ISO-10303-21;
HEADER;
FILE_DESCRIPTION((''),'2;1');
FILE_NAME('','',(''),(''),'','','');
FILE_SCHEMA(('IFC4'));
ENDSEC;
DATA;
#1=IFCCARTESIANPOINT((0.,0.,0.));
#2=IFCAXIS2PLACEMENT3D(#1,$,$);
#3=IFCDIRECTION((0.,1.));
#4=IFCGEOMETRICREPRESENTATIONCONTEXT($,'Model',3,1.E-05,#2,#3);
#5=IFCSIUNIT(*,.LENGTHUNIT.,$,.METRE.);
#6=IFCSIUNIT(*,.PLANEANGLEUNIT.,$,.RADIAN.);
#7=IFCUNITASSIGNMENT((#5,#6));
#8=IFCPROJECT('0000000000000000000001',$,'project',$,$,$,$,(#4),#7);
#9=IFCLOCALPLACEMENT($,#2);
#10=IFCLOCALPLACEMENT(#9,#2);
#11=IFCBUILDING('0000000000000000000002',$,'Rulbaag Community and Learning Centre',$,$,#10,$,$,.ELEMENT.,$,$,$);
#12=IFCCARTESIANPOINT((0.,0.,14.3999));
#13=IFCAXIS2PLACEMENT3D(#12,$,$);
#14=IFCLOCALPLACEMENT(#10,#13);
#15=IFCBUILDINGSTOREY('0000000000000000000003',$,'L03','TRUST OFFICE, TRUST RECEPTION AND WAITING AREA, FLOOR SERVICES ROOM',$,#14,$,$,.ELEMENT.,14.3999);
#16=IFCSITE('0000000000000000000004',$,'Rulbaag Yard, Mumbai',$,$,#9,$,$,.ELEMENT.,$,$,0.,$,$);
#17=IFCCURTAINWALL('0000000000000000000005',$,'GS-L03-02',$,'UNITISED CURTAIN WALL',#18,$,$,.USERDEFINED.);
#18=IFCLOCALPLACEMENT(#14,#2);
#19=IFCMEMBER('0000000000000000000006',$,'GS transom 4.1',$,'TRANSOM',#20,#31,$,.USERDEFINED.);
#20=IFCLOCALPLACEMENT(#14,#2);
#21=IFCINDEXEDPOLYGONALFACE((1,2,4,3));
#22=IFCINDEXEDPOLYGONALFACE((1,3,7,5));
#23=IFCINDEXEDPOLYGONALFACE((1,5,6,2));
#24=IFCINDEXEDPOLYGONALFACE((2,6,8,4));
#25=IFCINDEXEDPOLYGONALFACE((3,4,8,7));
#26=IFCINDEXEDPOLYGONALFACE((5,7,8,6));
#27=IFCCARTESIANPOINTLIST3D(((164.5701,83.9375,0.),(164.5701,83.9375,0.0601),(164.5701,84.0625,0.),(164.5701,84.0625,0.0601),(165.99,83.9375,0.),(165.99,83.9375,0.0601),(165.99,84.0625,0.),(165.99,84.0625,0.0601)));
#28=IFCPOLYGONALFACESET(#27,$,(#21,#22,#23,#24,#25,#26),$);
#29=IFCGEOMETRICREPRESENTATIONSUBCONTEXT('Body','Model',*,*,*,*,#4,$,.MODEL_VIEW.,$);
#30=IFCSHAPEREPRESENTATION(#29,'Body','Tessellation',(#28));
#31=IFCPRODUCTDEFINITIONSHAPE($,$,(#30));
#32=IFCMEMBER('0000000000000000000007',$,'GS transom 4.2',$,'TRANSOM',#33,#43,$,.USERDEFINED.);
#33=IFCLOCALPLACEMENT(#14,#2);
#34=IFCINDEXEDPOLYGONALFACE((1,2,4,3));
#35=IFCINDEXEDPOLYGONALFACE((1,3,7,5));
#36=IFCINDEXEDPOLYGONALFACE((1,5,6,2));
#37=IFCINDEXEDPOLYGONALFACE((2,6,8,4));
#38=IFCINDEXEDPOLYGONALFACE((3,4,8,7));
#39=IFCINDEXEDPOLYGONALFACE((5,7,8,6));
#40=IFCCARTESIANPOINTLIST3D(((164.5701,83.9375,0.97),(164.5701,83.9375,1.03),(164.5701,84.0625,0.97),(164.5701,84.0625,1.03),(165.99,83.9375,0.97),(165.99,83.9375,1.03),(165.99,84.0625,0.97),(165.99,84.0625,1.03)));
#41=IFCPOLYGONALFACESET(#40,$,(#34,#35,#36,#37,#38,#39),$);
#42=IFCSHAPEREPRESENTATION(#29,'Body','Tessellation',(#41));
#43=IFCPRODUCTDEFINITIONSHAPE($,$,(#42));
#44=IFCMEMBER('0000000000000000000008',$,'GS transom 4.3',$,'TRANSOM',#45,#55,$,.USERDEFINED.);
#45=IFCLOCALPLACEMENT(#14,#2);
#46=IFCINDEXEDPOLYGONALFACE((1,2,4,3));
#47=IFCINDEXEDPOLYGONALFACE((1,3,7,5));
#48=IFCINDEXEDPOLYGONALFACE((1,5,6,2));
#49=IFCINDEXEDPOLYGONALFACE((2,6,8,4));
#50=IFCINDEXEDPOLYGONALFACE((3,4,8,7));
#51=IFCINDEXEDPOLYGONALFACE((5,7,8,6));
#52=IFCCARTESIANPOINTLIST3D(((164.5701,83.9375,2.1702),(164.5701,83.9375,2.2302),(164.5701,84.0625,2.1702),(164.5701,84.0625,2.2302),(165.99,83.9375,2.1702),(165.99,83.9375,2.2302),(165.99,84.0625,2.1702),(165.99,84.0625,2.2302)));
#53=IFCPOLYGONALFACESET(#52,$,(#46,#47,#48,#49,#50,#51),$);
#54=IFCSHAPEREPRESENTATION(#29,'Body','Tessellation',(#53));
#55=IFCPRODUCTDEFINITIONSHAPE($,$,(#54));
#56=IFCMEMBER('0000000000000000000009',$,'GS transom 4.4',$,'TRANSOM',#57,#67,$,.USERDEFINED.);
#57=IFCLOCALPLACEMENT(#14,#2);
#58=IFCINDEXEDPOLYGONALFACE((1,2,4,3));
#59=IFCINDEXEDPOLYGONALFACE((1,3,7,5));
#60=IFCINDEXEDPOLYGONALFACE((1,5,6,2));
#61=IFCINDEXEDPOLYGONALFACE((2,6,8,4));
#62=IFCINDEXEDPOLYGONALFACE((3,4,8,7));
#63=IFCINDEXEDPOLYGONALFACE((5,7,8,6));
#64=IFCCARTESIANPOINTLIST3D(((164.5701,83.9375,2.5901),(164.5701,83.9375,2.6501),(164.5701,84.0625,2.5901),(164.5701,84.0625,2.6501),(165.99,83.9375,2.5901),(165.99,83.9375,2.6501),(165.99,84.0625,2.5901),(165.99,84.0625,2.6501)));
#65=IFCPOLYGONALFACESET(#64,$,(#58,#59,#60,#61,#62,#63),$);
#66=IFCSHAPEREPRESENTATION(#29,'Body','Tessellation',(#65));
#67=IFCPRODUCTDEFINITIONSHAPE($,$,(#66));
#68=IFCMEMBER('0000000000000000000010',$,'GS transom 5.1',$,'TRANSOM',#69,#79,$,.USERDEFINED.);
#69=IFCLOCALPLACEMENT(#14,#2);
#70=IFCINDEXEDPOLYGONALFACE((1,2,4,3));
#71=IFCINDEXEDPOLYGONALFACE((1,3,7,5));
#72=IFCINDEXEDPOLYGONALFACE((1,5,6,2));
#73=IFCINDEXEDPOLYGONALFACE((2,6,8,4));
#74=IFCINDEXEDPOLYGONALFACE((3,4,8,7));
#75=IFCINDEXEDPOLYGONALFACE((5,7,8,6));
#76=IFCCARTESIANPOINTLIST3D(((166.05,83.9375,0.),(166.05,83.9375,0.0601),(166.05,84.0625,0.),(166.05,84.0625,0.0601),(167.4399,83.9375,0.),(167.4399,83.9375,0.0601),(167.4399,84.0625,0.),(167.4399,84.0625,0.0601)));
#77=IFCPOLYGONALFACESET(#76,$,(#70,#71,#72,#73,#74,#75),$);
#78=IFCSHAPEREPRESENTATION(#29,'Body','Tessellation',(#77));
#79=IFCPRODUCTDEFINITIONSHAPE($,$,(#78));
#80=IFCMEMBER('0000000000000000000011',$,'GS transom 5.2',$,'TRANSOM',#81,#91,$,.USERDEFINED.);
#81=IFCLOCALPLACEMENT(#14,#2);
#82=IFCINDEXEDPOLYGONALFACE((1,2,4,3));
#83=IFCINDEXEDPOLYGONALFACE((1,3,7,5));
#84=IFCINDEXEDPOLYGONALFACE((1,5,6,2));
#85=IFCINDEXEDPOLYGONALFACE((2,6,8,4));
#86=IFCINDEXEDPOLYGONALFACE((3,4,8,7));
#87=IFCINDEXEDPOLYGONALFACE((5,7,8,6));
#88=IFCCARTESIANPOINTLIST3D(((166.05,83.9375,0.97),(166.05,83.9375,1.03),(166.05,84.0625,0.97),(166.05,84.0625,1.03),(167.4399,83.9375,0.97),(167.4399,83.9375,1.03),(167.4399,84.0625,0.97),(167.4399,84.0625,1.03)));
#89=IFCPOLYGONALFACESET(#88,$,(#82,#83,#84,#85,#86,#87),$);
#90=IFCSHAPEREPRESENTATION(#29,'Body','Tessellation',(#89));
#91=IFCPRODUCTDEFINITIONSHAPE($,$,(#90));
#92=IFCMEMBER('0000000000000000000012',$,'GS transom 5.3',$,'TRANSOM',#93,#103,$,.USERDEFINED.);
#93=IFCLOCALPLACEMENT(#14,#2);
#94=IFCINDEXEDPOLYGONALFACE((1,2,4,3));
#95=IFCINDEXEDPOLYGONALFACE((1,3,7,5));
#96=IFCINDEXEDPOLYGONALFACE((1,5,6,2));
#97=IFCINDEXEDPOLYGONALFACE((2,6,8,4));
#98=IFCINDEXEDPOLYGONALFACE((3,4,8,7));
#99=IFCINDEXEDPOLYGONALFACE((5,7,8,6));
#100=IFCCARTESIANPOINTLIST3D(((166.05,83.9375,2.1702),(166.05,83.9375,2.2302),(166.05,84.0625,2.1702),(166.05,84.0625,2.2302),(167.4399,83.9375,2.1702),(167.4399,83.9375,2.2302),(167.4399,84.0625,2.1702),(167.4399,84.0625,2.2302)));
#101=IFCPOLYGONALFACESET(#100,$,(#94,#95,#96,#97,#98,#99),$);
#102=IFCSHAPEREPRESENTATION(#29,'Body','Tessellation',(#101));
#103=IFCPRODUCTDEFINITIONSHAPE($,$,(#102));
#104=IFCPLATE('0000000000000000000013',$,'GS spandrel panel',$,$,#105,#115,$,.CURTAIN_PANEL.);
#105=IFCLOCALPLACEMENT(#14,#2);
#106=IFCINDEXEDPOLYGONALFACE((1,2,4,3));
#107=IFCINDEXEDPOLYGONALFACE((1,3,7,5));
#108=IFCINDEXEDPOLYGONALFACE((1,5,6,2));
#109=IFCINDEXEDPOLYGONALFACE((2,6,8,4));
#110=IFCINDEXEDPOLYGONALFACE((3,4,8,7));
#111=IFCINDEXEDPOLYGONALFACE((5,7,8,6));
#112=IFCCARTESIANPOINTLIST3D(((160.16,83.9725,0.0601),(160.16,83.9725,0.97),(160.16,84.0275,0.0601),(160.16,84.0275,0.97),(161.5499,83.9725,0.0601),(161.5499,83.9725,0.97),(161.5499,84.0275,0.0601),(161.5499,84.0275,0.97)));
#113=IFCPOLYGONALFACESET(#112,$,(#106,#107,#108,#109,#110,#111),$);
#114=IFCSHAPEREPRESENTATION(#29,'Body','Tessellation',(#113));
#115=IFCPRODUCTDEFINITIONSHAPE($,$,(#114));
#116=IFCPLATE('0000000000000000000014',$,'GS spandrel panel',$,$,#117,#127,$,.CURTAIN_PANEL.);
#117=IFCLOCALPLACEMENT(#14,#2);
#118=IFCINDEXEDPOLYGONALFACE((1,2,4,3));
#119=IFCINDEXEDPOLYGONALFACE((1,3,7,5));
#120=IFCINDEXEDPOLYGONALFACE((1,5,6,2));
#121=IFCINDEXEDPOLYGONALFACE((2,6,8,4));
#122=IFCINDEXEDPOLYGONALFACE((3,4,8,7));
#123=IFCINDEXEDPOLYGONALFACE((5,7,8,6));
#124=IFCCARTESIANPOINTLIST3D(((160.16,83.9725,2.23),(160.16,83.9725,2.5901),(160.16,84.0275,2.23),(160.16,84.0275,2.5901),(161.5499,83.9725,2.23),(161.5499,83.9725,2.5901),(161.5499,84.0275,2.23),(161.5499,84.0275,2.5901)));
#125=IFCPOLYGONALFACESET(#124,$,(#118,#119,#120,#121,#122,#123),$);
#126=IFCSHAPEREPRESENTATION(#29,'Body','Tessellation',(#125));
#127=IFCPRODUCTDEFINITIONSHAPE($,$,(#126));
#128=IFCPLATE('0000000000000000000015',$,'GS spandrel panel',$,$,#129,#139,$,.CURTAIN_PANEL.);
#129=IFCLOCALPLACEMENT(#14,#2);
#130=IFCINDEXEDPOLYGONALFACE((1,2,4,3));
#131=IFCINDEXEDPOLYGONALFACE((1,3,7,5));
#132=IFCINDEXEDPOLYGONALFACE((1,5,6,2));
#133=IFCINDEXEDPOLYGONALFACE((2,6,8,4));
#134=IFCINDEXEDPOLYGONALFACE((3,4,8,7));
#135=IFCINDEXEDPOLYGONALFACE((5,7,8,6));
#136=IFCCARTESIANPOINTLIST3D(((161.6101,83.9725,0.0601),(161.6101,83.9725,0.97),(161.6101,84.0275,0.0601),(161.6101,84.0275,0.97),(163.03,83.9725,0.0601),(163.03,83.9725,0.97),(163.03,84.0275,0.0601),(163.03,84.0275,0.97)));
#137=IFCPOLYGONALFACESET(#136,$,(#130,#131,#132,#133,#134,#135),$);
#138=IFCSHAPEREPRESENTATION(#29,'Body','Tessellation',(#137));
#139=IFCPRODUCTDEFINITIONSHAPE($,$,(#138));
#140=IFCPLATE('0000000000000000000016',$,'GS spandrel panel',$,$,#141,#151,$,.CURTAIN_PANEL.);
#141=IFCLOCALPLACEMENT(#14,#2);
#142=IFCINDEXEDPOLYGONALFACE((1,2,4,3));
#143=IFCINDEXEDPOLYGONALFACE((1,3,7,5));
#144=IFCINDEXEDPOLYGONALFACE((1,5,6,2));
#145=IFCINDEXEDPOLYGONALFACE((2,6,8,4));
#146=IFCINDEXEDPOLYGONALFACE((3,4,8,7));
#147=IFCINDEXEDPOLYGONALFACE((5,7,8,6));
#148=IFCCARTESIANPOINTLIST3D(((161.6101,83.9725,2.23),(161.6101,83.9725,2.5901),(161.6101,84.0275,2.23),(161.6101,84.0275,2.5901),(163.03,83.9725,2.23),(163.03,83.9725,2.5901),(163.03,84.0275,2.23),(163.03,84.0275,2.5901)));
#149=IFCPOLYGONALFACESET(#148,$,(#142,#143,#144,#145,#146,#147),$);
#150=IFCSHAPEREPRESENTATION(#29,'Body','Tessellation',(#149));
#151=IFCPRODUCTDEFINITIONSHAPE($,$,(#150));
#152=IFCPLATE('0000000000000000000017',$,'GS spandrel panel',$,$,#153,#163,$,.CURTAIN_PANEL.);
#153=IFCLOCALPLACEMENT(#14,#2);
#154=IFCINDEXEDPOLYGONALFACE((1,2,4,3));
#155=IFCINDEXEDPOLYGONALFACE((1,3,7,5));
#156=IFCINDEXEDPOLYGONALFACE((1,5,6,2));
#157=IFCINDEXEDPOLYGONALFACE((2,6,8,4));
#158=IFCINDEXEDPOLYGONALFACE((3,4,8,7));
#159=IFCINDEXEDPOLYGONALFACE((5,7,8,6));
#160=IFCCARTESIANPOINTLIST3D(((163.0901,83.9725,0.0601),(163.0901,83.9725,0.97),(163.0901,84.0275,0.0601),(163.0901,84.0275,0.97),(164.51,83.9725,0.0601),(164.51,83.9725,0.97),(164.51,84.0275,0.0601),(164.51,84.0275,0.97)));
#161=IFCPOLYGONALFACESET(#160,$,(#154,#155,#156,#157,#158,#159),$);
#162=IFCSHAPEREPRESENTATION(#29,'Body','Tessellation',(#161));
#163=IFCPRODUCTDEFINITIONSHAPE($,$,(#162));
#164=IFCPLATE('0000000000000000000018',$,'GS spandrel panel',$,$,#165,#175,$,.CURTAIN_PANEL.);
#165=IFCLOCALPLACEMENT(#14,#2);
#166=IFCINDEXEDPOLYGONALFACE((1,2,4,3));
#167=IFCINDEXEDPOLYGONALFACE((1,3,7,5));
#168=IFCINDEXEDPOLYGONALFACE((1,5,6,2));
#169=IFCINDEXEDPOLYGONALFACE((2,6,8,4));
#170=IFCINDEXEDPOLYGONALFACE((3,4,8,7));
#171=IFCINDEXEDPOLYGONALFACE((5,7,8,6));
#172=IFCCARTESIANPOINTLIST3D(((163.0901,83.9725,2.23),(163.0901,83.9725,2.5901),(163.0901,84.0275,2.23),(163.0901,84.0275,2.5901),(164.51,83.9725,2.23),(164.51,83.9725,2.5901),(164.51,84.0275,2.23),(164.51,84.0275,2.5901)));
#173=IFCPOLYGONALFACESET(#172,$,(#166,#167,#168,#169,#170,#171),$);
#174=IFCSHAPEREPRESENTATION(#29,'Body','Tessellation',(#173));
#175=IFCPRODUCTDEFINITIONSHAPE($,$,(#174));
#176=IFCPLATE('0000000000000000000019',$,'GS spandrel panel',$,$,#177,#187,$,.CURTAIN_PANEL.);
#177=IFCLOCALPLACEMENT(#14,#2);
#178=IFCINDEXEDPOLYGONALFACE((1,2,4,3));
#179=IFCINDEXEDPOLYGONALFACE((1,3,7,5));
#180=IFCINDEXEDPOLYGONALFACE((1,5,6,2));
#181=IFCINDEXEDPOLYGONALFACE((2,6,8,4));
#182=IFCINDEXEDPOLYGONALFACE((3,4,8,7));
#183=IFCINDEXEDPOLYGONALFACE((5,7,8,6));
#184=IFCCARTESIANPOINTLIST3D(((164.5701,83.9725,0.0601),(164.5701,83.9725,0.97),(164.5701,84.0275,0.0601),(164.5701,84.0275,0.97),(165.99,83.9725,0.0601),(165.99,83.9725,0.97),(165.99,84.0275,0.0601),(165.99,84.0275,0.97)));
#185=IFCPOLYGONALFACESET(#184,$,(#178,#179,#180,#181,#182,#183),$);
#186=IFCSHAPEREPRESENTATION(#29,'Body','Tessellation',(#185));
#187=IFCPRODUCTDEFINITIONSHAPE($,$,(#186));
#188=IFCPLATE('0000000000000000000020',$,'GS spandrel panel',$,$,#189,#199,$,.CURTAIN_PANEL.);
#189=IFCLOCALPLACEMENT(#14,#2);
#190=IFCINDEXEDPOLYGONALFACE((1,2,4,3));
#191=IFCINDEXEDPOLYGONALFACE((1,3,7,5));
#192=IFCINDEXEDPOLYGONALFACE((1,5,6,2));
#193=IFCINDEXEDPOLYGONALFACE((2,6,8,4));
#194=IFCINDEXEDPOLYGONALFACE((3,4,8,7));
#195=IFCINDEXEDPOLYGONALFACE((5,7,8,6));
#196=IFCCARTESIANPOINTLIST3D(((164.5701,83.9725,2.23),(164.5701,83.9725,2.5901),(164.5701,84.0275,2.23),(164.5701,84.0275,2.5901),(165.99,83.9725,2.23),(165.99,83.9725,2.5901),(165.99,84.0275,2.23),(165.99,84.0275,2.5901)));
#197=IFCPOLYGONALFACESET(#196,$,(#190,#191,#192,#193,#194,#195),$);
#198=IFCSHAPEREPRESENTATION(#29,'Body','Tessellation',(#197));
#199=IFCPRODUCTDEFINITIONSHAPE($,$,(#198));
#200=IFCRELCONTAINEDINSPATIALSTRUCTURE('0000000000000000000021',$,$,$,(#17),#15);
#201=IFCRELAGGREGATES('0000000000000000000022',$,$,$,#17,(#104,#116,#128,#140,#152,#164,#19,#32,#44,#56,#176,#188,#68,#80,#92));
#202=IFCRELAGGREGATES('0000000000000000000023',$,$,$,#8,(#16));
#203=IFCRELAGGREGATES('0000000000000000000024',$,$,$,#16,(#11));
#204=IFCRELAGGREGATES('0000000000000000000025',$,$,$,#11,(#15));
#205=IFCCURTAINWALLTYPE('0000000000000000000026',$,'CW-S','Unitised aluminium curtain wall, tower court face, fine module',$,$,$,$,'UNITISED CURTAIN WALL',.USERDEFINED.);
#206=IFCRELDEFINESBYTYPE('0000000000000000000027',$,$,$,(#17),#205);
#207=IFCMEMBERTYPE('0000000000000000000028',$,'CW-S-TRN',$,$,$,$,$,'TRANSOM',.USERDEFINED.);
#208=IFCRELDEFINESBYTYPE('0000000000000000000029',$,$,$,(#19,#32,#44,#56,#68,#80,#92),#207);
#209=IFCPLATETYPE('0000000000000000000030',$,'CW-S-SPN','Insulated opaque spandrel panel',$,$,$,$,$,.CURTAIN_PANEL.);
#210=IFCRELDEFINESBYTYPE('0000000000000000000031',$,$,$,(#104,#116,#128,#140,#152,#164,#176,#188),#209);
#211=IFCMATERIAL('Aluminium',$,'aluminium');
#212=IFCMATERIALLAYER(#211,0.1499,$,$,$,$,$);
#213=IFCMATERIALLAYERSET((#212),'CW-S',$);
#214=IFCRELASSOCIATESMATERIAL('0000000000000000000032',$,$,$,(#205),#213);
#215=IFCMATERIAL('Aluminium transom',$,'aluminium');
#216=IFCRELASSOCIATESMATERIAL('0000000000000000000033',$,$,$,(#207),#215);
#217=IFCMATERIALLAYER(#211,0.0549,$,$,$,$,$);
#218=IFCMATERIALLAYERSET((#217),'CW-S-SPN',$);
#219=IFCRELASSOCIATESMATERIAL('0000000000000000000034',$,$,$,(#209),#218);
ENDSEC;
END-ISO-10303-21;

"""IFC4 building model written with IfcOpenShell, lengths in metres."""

from ifc_helpers import new_model, si_unit, direction, frame, origin, origin_2d, place, context, subcontext, project, spatial, rectangle, extrude, material, layer, layer_set, material_profile, profile_set, type_object, element, aggregate, save


model = new_model("IFC4")

# Units and contexts
model_context = context("Model", 3, precision=1e-05, world=origin(), true_north=direction((0.0, 1.0)))
body_context = subcontext(model_context, "Body", "Model", "MODEL_VIEW")
ifc_project = project(units=[si_unit("LENGTHUNIT", "METRE"), si_unit("PLANEANGLEUNIT", "RADIAN")], contexts=[model_context])

# Site, building, storey
site_placement = place(None, origin())
site = spatial("IfcSite", under=ifc_project, at=site_placement, Name="Rulbaag Yard, Mumbai", CompositionType="ELEMENT", RefElevation=0.0)
building_placement = place(site_placement, origin())
building = spatial("IfcBuilding", under=site, at=building_placement, Name="Rulbaag Community and Learning Centre", CompositionType="ELEMENT")
storey_placement = place(building_placement, frame((0.0, 0.0, 14.3999)))
storey = spatial("IfcBuildingStorey", under=building, at=storey_placement, Name="L03", Description="TRUST OFFICE, TRUST RECEPTION AND WAITING AREA, FLOOR SERVICES ROOM", CompositionType="ELEMENT", Elevation=14.3999)

# Curtain wall, members, plates
ifc_material_1 = material(Name="Aluminium", Category="aluminium")
ifc_layer_1 = layer(ifc_material_1, 0.1499)
ifc_layer_set_1 = layer_set([ifc_layer_1], Name="CW-S")
curtain_wall_type = type_object("IfcCurtainWallType", Name="CW-S", Description="Unitised aluminium curtain wall, tower court face, fine module", ElementType="UNITISED CURTAIN WALL", PredefinedType="USERDEFINED", material=ifc_layer_set_1)
curtain_wall_placement = place(storey_placement, origin())
curtain_wall = element("IfcCurtainWall", 1, at=curtain_wall_placement, inside=storey, type_object=curtain_wall_type, Name="GS-L03-02", ObjectType="UNITISED CURTAIN WALL", PredefinedType="USERDEFINED")
ifc_material_2 = material(Name="Aluminium transom", Category="aluminium")
ifc_material_profile_1 = material_profile(ifc_material_2, rectangle(XDim=0.125, YDim=0.0601, at=origin_2d()), Name="AL 60x125 T")
ifc_profile_set_1 = profile_set([ifc_material_profile_1], Name="Aluminium transom")
member_type_1 = type_object("IfcMemberType", Name="CW-S-TRN", ElementType="TRANSOM", PredefinedType="USERDEFINED", material=ifc_profile_set_1)
member_1_placement = place(storey_placement, frame((164.5701, 84.0, 0.03), z_axis=(1.0, 0.0, 0.0), x_axis=(0.0, 1.0, 0.0)))
member_1 = element("IfcMember", 2, at=member_1_placement, type_object=member_type_1, Name="GS transom 4.1", ObjectType="TRANSOM", PredefinedType="USERDEFINED", context=body_context, shape_type="SweptSolid", body=[
    extrude(rectangle(XDim=0.125, YDim=0.0601, at=origin_2d()), origin(), (0.0, 0.0, 1.0), 1.4199),
])
member_2_placement = place(storey_placement, frame((164.5701, 84.0, 1.0), z_axis=(1.0, 0.0, 0.0), x_axis=(0.0, 1.0, 0.0)))
member_2 = element("IfcMember", 3, at=member_2_placement, type_object=member_type_1, Name="GS transom 4.2", ObjectType="TRANSOM", PredefinedType="USERDEFINED", context=body_context, shape_type="SweptSolid", body=[
    extrude(rectangle(XDim=0.125, YDim=0.0601, at=origin_2d()), origin(), (0.0, 0.0, 1.0), 1.4199),
])
member_3_placement = place(storey_placement, frame((164.5701, 84.0, 2.2002), z_axis=(1.0, 0.0, 0.0), x_axis=(0.0, 1.0, 0.0)))
member_3 = element("IfcMember", 4, at=member_3_placement, type_object=member_type_1, Name="GS transom 4.3", ObjectType="TRANSOM", PredefinedType="USERDEFINED", context=body_context, shape_type="SweptSolid", body=[
    extrude(rectangle(XDim=0.125, YDim=0.0601, at=origin_2d()), origin(), (0.0, 0.0, 1.0), 1.4199),
])
member_4_placement = place(storey_placement, frame((164.5701, 84.0, 2.6201), z_axis=(1.0, 0.0, 0.0), x_axis=(0.0, 1.0, 0.0)))
member_4 = element("IfcMember", 5, at=member_4_placement, type_object=member_type_1, Name="GS transom 4.4", ObjectType="TRANSOM", PredefinedType="USERDEFINED", context=body_context, shape_type="SweptSolid", body=[
    extrude(rectangle(XDim=0.125, YDim=0.0601, at=origin_2d()), origin(), (0.0, 0.0, 1.0), 1.4199),
])
member_5_placement = place(storey_placement, frame((166.05, 84.0, 0.03), z_axis=(1.0, 0.0, 0.0), x_axis=(0.0, 1.0, 0.0)))
member_5 = element("IfcMember", 6, at=member_5_placement, type_object=member_type_1, Name="GS transom 5.1", ObjectType="TRANSOM", PredefinedType="USERDEFINED", context=body_context, shape_type="SweptSolid", body=[
    extrude(rectangle(XDim=0.125, YDim=0.0601, at=origin_2d()), origin(), (0.0, 0.0, 1.0), 1.3899),
])
member_6_placement = place(storey_placement, frame((166.05, 84.0, 1.0), z_axis=(1.0, 0.0, 0.0), x_axis=(0.0, 1.0, 0.0)))
member_6 = element("IfcMember", 7, at=member_6_placement, type_object=member_type_1, Name="GS transom 5.2", ObjectType="TRANSOM", PredefinedType="USERDEFINED", context=body_context, shape_type="SweptSolid", body=[
    extrude(rectangle(XDim=0.125, YDim=0.0601, at=origin_2d()), origin(), (0.0, 0.0, 1.0), 1.3899),
])
member_7_placement = place(storey_placement, frame((166.05, 84.0, 2.2002), z_axis=(1.0, 0.0, 0.0), x_axis=(0.0, 1.0, 0.0)))
member_7 = element("IfcMember", 8, at=member_7_placement, type_object=member_type_1, Name="GS transom 5.3", ObjectType="TRANSOM", PredefinedType="USERDEFINED", context=body_context, shape_type="SweptSolid", body=[
    extrude(rectangle(XDim=0.125, YDim=0.0601, at=origin_2d()), origin(), (0.0, 0.0, 1.0), 1.3899),
])
ifc_layer_2 = layer(ifc_material_1, 0.0549)
ifc_layer_set_2 = layer_set([ifc_layer_2], Name="CW-S-SPN")
plate_type_1 = type_object("IfcPlateType", Name="CW-S-SPN", Description="Insulated opaque spandrel panel", PredefinedType="CURTAIN_PANEL", material=ifc_layer_set_2)
plate_1_placement = place(storey_placement, frame((160.855, 84.0, 0.0601), z_axis=(0.0, 0.0, 1.0), x_axis=(1.0, 0.0, 0.0)))
plate_1 = element("IfcPlate", 9, at=plate_1_placement, type_object=plate_type_1, Name="GS spandrel panel", PredefinedType="CURTAIN_PANEL", context=body_context, shape_type="SweptSolid", body=[
    extrude(rectangle(XDim=1.3899, YDim=0.0549, at=origin_2d()), origin(), (0.0, 0.0, 1.0), 0.9099),
])
plate_2_placement = place(storey_placement, frame((160.855, 84.0, 2.23), z_axis=(0.0, 0.0, 1.0), x_axis=(1.0, 0.0, 0.0)))
plate_2 = element("IfcPlate", 10, at=plate_2_placement, type_object=plate_type_1, Name="GS spandrel panel", PredefinedType="CURTAIN_PANEL", context=body_context, shape_type="SweptSolid", body=[
    extrude(rectangle(XDim=1.3899, YDim=0.0549, at=origin_2d()), origin(), (0.0, 0.0, 1.0), 0.3601),
])
plate_3_placement = place(storey_placement, frame((162.3201, 84.0, 0.0601), z_axis=(0.0, 0.0, 1.0), x_axis=(1.0, 0.0, 0.0)))
plate_3 = element("IfcPlate", 11, at=plate_3_placement, type_object=plate_type_1, Name="GS spandrel panel", PredefinedType="CURTAIN_PANEL", context=body_context, shape_type="SweptSolid", body=[
    extrude(rectangle(XDim=1.4199, YDim=0.0549, at=origin_2d()), origin(), (0.0, 0.0, 1.0), 0.9099),
])
plate_4_placement = place(storey_placement, frame((162.3201, 84.0, 2.23), z_axis=(0.0, 0.0, 1.0), x_axis=(1.0, 0.0, 0.0)))
plate_4 = element("IfcPlate", 12, at=plate_4_placement, type_object=plate_type_1, Name="GS spandrel panel", PredefinedType="CURTAIN_PANEL", context=body_context, shape_type="SweptSolid", body=[
    extrude(rectangle(XDim=1.4199, YDim=0.0549, at=origin_2d()), origin(), (0.0, 0.0, 1.0), 0.3601),
])
plate_5_placement = place(storey_placement, frame((163.8, 84.0, 0.0601), z_axis=(0.0, 0.0, 1.0), x_axis=(1.0, 0.0, 0.0)))
plate_5 = element("IfcPlate", 13, at=plate_5_placement, type_object=plate_type_1, Name="GS spandrel panel", PredefinedType="CURTAIN_PANEL", context=body_context, shape_type="SweptSolid", body=[
    extrude(rectangle(XDim=1.4199, YDim=0.0549, at=origin_2d()), origin(), (0.0, 0.0, 1.0), 0.9099),
])
plate_6_placement = place(storey_placement, frame((163.8, 84.0, 2.23), z_axis=(0.0, 0.0, 1.0), x_axis=(1.0, 0.0, 0.0)))
plate_6 = element("IfcPlate", 14, at=plate_6_placement, type_object=plate_type_1, Name="GS spandrel panel", PredefinedType="CURTAIN_PANEL", context=body_context, shape_type="SweptSolid", body=[
    extrude(rectangle(XDim=1.4199, YDim=0.0549, at=origin_2d()), origin(), (0.0, 0.0, 1.0), 0.3601),
])
plate_7_placement = place(storey_placement, frame((165.28, 84.0, 0.0601), z_axis=(0.0, 0.0, 1.0), x_axis=(1.0, 0.0, 0.0)))
plate_7 = element("IfcPlate", 15, at=plate_7_placement, type_object=plate_type_1, Name="GS spandrel panel", PredefinedType="CURTAIN_PANEL", context=body_context, shape_type="SweptSolid", body=[
    extrude(rectangle(XDim=1.4199, YDim=0.0549, at=origin_2d()), origin(), (0.0, 0.0, 1.0), 0.9099),
])
plate_8_placement = place(storey_placement, frame((165.28, 84.0, 2.23), z_axis=(0.0, 0.0, 1.0), x_axis=(1.0, 0.0, 0.0)))
plate_8 = element("IfcPlate", 16, at=plate_8_placement, type_object=plate_type_1, Name="GS spandrel panel", PredefinedType="CURTAIN_PANEL", context=body_context, shape_type="SweptSolid", body=[
    extrude(rectangle(XDim=1.4199, YDim=0.0549, at=origin_2d()), origin(), (0.0, 0.0, 1.0), 0.3601),
])
aggregate(curtain_wall, [plate_1, plate_2, plate_3, plate_4, plate_5, plate_6, member_1, member_2, member_3, member_4, plate_7, plate_8, member_5, member_6, member_7])

save(model, "model.ifc")
